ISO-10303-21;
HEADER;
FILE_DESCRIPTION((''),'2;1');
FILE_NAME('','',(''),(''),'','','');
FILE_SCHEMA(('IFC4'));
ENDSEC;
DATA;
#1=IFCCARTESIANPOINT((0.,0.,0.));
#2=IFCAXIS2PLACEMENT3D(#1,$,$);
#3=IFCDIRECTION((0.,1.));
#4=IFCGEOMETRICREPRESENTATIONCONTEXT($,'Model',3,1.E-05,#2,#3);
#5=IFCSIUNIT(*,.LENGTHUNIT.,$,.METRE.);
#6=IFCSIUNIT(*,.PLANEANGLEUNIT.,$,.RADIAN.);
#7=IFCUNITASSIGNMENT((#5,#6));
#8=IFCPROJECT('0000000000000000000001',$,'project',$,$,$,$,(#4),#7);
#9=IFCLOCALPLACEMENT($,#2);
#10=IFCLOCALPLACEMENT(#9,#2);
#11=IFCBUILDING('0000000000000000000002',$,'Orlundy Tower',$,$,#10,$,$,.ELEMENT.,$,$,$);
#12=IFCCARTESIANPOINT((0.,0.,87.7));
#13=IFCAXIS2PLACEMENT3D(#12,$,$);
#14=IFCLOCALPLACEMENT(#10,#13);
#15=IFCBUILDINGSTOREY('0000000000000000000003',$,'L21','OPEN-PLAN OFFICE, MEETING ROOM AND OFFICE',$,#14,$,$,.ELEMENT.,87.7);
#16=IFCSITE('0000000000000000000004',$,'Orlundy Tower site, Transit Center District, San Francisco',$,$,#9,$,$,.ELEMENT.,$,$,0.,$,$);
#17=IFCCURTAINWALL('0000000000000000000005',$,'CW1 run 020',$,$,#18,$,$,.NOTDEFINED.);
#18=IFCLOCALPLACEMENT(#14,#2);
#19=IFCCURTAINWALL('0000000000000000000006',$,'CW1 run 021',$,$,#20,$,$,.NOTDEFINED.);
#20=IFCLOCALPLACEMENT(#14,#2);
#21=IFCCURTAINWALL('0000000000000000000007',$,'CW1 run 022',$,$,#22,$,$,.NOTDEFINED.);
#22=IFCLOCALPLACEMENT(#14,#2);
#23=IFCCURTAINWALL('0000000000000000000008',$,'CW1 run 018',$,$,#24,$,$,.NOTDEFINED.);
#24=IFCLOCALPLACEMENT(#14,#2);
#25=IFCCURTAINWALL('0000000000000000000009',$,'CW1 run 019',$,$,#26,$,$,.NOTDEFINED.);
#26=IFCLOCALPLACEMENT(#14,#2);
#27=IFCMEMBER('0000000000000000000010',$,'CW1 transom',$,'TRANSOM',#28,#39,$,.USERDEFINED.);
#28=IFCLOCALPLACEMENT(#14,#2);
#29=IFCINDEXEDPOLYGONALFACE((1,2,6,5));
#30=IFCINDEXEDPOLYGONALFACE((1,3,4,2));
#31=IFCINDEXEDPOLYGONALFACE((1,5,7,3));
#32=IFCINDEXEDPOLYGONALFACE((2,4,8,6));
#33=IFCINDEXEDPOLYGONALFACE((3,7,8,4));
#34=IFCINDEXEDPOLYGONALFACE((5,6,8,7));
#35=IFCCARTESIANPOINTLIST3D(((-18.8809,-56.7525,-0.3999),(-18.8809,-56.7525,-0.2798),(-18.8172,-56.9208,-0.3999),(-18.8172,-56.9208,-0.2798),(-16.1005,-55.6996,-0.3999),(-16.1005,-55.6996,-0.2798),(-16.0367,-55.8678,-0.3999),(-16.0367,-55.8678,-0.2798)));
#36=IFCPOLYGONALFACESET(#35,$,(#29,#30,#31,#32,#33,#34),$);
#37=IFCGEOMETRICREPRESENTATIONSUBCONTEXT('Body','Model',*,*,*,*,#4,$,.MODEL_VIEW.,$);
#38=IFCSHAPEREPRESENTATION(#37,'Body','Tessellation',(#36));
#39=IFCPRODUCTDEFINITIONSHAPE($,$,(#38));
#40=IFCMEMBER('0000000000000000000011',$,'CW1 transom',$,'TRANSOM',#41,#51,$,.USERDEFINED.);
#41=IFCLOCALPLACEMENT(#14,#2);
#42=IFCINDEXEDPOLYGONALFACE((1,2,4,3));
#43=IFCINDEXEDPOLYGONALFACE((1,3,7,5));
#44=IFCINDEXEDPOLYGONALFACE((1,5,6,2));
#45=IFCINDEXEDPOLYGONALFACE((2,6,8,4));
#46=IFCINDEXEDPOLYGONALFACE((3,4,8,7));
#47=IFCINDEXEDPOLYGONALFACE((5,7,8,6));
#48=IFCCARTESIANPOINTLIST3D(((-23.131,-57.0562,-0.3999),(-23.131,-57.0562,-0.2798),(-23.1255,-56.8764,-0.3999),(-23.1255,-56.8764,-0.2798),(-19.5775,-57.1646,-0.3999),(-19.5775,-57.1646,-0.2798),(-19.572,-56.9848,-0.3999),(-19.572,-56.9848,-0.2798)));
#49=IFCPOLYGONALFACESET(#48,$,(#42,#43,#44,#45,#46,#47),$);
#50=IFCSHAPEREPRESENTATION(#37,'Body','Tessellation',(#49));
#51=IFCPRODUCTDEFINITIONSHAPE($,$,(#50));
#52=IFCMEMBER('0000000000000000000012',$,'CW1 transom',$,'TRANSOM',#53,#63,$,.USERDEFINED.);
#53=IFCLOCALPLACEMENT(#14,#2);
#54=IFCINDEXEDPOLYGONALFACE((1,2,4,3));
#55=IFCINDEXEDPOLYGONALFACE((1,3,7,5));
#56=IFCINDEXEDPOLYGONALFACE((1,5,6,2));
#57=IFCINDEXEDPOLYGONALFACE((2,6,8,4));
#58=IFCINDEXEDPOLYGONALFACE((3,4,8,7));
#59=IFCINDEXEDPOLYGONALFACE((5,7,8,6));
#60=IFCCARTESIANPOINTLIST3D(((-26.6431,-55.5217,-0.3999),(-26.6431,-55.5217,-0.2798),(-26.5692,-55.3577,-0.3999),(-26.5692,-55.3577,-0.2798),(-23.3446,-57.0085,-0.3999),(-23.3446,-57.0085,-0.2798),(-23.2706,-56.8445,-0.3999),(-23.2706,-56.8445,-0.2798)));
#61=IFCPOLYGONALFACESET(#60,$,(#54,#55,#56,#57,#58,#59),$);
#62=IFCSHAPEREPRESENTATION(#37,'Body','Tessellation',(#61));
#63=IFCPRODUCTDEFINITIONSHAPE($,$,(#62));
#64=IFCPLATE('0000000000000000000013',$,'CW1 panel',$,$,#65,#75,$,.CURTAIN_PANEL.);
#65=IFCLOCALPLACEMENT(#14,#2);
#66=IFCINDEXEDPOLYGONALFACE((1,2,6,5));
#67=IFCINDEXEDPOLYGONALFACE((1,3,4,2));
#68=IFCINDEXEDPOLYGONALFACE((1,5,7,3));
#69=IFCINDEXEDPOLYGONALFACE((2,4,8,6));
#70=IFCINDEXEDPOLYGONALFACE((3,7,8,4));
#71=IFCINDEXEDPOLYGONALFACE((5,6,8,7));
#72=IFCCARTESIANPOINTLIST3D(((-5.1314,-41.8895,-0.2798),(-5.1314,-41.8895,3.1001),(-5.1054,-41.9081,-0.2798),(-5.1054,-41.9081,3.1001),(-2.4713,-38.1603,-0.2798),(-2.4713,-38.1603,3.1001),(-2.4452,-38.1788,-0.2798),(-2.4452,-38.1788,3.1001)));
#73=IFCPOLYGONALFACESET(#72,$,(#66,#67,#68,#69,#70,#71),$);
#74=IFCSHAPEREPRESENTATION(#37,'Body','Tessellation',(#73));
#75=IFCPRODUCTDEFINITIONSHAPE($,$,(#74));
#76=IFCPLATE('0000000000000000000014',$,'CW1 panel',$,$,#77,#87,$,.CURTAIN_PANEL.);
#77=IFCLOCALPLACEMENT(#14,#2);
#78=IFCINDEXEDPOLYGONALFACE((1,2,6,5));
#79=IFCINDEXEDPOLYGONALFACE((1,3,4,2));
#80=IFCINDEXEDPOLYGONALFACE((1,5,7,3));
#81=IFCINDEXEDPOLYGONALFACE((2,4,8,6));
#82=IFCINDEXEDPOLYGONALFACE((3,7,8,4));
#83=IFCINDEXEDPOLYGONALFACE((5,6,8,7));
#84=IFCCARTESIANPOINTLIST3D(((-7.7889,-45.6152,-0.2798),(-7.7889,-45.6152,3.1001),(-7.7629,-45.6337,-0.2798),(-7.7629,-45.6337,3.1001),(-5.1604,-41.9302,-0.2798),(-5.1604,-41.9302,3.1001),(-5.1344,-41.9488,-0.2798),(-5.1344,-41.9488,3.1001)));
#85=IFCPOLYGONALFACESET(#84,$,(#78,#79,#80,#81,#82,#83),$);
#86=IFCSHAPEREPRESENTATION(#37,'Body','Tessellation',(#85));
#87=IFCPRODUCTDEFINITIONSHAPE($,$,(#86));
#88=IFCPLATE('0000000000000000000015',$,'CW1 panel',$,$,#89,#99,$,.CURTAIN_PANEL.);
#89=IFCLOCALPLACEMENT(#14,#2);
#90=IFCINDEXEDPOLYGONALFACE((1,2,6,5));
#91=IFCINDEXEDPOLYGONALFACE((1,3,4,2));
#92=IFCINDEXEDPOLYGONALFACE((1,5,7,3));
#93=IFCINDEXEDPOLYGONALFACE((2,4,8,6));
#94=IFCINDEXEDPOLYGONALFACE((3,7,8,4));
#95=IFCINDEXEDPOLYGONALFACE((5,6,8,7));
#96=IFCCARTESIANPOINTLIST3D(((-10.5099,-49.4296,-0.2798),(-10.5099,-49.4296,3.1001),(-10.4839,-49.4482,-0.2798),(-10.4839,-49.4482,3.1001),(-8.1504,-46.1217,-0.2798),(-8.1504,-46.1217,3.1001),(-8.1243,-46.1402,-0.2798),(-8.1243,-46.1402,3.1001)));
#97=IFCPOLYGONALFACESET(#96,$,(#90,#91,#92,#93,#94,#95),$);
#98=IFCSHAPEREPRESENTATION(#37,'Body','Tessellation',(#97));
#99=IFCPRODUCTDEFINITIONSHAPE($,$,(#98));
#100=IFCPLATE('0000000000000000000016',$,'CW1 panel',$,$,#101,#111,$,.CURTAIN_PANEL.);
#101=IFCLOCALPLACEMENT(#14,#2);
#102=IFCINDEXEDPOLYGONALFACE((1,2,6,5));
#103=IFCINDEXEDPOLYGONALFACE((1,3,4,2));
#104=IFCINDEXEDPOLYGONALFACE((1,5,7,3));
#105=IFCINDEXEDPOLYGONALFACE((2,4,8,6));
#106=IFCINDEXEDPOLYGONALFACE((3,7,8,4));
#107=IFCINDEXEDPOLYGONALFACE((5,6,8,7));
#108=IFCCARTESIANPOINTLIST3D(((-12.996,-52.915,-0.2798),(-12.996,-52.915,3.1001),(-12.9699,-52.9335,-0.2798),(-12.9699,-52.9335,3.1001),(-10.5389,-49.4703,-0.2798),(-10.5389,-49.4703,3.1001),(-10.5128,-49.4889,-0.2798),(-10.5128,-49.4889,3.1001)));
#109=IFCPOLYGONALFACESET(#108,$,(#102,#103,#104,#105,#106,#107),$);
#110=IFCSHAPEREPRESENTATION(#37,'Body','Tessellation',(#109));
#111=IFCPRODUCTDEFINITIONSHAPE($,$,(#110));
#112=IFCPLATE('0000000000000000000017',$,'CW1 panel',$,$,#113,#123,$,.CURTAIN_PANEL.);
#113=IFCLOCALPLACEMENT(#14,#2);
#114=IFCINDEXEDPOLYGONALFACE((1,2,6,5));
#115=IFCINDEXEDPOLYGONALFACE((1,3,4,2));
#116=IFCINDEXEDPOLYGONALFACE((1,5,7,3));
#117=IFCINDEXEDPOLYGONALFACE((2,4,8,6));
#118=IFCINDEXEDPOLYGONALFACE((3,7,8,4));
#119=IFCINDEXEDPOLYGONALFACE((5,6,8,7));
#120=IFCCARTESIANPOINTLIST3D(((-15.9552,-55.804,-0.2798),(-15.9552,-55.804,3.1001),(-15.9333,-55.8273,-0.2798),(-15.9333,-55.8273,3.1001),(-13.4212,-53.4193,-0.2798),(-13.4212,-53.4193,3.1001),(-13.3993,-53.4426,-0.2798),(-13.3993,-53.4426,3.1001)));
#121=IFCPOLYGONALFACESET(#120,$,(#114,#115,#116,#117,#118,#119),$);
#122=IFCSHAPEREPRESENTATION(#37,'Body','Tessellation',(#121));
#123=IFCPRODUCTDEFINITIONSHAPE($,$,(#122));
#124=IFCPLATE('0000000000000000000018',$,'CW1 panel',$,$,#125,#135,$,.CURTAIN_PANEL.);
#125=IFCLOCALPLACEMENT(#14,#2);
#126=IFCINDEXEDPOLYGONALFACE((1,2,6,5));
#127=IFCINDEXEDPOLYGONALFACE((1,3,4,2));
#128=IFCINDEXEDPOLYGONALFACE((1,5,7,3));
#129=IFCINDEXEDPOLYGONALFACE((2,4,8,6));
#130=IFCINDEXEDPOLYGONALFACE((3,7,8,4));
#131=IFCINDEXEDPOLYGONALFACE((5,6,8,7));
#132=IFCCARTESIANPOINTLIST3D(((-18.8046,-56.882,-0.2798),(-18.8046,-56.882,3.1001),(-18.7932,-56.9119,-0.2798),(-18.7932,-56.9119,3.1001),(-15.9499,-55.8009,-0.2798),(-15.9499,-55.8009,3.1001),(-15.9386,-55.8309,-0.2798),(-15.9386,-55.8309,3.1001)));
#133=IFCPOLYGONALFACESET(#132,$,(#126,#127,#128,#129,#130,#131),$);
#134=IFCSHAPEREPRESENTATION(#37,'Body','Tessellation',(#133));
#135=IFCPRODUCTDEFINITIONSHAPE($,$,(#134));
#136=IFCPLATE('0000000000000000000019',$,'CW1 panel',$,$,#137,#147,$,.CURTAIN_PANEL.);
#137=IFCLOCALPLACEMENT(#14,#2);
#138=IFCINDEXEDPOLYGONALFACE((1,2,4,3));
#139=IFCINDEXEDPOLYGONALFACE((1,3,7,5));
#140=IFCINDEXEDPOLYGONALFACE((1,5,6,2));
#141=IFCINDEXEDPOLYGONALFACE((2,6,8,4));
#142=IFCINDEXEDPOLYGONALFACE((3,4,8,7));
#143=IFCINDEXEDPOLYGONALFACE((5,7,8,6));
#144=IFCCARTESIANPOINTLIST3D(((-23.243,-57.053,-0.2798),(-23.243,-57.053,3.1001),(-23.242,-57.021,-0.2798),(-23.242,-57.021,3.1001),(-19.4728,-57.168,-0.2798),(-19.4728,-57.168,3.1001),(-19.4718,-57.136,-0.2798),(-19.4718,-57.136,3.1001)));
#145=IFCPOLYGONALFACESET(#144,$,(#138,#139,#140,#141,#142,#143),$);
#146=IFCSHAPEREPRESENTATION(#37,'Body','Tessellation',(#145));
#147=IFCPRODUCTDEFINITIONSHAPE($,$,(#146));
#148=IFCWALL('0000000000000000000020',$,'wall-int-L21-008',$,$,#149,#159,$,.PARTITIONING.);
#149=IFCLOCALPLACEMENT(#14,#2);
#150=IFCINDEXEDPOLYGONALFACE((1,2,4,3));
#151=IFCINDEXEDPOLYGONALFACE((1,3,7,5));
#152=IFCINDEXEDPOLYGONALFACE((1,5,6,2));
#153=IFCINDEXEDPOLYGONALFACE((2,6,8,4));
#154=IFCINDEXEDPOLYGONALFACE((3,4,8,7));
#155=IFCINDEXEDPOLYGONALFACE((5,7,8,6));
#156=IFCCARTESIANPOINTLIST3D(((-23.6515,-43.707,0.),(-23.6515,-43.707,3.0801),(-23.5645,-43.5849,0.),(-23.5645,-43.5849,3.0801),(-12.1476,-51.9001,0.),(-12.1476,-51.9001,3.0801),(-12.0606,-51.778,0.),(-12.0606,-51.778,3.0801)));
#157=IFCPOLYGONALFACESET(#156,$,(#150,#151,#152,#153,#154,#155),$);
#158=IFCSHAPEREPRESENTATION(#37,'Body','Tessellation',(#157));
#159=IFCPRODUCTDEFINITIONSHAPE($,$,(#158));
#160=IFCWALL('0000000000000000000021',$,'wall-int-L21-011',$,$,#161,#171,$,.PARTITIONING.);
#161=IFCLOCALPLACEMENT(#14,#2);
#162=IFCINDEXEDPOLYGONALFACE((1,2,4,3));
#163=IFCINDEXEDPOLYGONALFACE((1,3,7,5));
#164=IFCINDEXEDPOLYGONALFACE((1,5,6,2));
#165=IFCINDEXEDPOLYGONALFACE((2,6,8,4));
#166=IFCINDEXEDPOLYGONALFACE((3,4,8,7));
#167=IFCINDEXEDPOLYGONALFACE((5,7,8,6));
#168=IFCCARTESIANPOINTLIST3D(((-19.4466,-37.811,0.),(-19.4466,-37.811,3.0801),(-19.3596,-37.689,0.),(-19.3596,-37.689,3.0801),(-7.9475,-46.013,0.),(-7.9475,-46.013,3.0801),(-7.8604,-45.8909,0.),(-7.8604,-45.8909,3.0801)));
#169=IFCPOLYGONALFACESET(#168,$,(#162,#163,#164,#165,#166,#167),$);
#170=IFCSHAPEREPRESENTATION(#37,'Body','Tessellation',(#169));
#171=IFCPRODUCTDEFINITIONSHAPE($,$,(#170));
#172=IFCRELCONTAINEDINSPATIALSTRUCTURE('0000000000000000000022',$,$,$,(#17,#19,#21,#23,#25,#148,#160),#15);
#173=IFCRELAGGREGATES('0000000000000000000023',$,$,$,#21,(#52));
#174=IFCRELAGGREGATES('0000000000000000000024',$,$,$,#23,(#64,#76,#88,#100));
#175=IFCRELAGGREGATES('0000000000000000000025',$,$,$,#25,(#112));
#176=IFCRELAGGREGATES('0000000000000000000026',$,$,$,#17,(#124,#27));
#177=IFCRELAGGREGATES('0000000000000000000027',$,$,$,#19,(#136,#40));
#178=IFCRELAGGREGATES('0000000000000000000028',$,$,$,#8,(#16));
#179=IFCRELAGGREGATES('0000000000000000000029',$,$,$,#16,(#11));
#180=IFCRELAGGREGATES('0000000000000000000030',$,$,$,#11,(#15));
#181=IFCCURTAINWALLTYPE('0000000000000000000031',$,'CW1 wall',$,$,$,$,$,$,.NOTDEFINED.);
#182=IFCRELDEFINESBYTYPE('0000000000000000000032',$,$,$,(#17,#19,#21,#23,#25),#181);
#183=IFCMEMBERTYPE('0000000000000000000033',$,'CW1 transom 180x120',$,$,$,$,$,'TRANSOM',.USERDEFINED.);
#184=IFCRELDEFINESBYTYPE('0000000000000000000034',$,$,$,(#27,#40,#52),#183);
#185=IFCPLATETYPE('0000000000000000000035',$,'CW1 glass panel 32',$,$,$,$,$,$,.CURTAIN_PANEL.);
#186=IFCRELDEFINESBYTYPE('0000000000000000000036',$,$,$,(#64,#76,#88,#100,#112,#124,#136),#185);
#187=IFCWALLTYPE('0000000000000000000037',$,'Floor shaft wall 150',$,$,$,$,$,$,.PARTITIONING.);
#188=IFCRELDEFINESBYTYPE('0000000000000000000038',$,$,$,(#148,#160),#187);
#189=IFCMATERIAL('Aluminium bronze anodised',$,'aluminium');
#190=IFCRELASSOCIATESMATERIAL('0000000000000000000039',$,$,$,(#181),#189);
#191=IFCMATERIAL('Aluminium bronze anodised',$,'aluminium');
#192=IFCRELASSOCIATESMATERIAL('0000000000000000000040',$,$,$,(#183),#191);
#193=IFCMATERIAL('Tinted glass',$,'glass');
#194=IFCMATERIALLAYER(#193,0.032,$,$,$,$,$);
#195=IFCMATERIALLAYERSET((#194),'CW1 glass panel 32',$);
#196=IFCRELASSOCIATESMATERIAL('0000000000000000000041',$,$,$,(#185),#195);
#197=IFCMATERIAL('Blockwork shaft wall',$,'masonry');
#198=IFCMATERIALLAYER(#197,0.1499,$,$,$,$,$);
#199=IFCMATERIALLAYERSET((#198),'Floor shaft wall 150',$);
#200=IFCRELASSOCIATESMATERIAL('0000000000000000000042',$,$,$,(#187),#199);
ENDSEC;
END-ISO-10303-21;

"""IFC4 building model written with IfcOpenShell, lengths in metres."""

from ifc_helpers import new_model, si_unit, direction, frame, frame_2d, origin, origin_2d, place, context, subcontext, project, spatial, rectangle, extrude, material, layer, layer_set, material_profile, profile_set, type_object, element, aggregate, save


model = new_model("IFC4")

# Units and contexts
model_context = context("Model", 3, precision=1e-05, world=origin(), true_north=direction((0.0, 1.0)))
body_context = subcontext(model_context, "Body", "Model", "MODEL_VIEW")
ifc_project = project(units=[si_unit("LENGTHUNIT", "METRE"), si_unit("PLANEANGLEUNIT", "RADIAN")], contexts=[model_context])

# Site, building, storey
site_placement = place(None, origin())
site = spatial("IfcSite", under=ifc_project, at=site_placement, Name="Orlundy Tower site, Transit Center District, San Francisco", CompositionType="ELEMENT", RefElevation=0.0)
building_placement = place(site_placement, origin())
building = spatial("IfcBuilding", under=site, at=building_placement, Name="Orlundy Tower", CompositionType="ELEMENT")
storey_placement = place(building_placement, frame((0.0, 0.0, 87.7)))
storey = spatial("IfcBuildingStorey", under=building, at=storey_placement, Name="L21", Description="OPEN-PLAN OFFICE, MEETING ROOM AND OFFICE", CompositionType="ELEMENT", Elevation=87.7)

# Curtain walls
ifc_material_1 = material(Name="Aluminium bronze anodised", Category="aluminium")
curtain_wall_type = type_object("IfcCurtainWallType", Name="CW1 wall", PredefinedType="NOTDEFINED", material=ifc_material_1)
curtain_wall_1_placement = place(storey_placement, origin())
curtain_wall_1 = element("IfcCurtainWall", 1, at=curtain_wall_1_placement, inside=storey, type_object=curtain_wall_type, Name="CW1 run 020", PredefinedType="NOTDEFINED")
curtain_wall_2_placement = place(storey_placement, origin())
curtain_wall_2 = element("IfcCurtainWall", 2, at=curtain_wall_2_placement, inside=storey, type_object=curtain_wall_type, Name="CW1 run 021", PredefinedType="NOTDEFINED")
curtain_wall_3_placement = place(storey_placement, origin())
curtain_wall_3 = element("IfcCurtainWall", 3, at=curtain_wall_3_placement, inside=storey, type_object=curtain_wall_type, Name="CW1 run 022", PredefinedType="NOTDEFINED")

# Curtain wall
curtain_wall_4_placement = place(storey_placement, origin())
curtain_wall_4 = element("IfcCurtainWall", 4, at=curtain_wall_4_placement, inside=storey, type_object=curtain_wall_type, Name="CW1 run 018", PredefinedType="NOTDEFINED")
ifc_material_2 = material(Name="Aluminium bronze anodised", Category="aluminium")
ifc_material_profile_1 = material_profile(ifc_material_2, rectangle(XDim=0.1799, YDim=0.1201, at=origin_2d()), Name="CW1 transom 180x120")
ifc_profile_set_1 = profile_set([ifc_material_profile_1], Name="Aluminium bronze anodised")
member_type_1 = type_object("IfcMemberType", Name="CW1 transom 180x120", ElementType="TRANSOM", PredefinedType="USERDEFINED", material=ifc_profile_set_1)

# Curtain wall
curtain_wall_5_placement = place(storey_placement, origin())
curtain_wall_5 = element("IfcCurtainWall", 5, at=curtain_wall_5_placement, inside=storey, type_object=curtain_wall_type, Name="CW1 run 019", PredefinedType="NOTDEFINED")

# Members
member_1_placement = place(storey_placement, frame((-16.0686, -55.7837, -0.3398), z_axis=(-0.935187, -0.354154, 0.0), x_axis=(0.354154, -0.935187, 0.0)))
member_1 = element("IfcMember", 6, at=member_1_placement, type_object=member_type_1, Name="CW1 transom", ObjectType="TRANSOM", PredefinedType="USERDEFINED", context=body_context, shape_type="SweptSolid", body=[
    extrude(rectangle(XDim=0.1799, YDim=0.1201, at=origin_2d()), origin(), (0.0, 0.0, 1.0), 2.9731),
])
member_2_placement = place(storey_placement, frame((-19.5747, -57.0747, -0.3398), z_axis=(-0.999535, 0.030491, 0.0), x_axis=(-0.030491, -0.999535, 0.0)))
member_2 = element("IfcMember", 7, at=member_2_placement, type_object=member_type_1, Name="CW1 transom", ObjectType="TRANSOM", PredefinedType="USERDEFINED", context=body_context, shape_type="SweptSolid", body=[
    extrude(rectangle(XDim=0.1799, YDim=0.1201, at=origin_2d()), origin(), (0.0, 0.0, 1.0), 3.5552),
])
member_3_placement = place(storey_placement, frame((-23.3076, -56.9265, -0.3398), z_axis=(-0.911668, 0.410929, 0.0), x_axis=(-0.410929, -0.911668, 0.0)))
member_3 = element("IfcMember", 8, at=member_3_placement, type_object=member_type_1, Name="CW1 transom", ObjectType="TRANSOM", PredefinedType="USERDEFINED", context=body_context, shape_type="SweptSolid", body=[
    extrude(rectangle(XDim=0.1799, YDim=0.1201, at=origin_2d()), origin(), (0.0, 0.0, 1.0), 3.6182),
])
aggregate(curtain_wall_3, [member_3])

# Plates
ifc_material_3 = material(Name="Tinted glass", Category="glass")
ifc_layer_1 = layer(ifc_material_3, 0.032)
ifc_layer_set_1 = layer_set([ifc_layer_1], Name="CW1 glass panel 32")
plate_type = type_object("IfcPlateType", Name="CW1 glass panel 32", PredefinedType="CURTAIN_PANEL", material=ifc_layer_set_1)
plate_1_placement = place(storey_placement, frame((-3.7883, -40.0342, -0.2798), z_axis=(0.0, 0.0, 1.0), x_axis=(-0.58071, -0.81411, 0.0)))
plate_1 = element("IfcPlate", 9, at=plate_1_placement, type_object=plate_type, Name="CW1 panel", PredefinedType="CURTAIN_PANEL", context=body_context, shape_type="SweptSolid", body=[
    extrude(rectangle(XDim=4.5808, YDim=0.032, at=origin_2d()), origin(), (0.0, 0.0, 1.0), 3.3799),
])
plate_2_placement = place(storey_placement, frame((-6.4617, -43.782, -0.2798), z_axis=(0.0, 0.0, 1.0), x_axis=(-0.58071, -0.81411, 0.0)))
plate_2 = element("IfcPlate", 10, at=plate_2_placement, type_object=plate_type, Name="CW1 panel", PredefinedType="CURTAIN_PANEL", context=body_context, shape_type="SweptSolid", body=[
    extrude(rectangle(XDim=4.5264, YDim=0.032, at=origin_2d()), origin(), (0.0, 0.0, 1.0), 3.3799),
])
plate_3_placement = place(storey_placement, frame((-9.3171, -47.7849, -0.2798), z_axis=(0.0, 0.0, 1.0), x_axis=(-0.58071, -0.81411, 0.0)))
plate_3 = element("IfcPlate", 11, at=plate_3_placement, type_object=plate_type, Name="CW1 panel", PredefinedType="CURTAIN_PANEL", context=body_context, shape_type="SweptSolid", body=[
    extrude(rectangle(XDim=4.0632, YDim=0.032, at=origin_2d()), origin(), (0.0, 0.0, 1.0), 3.3799),
])
plate_4_placement = place(storey_placement, frame((-11.7544, -51.2019, -0.2798), z_axis=(0.0, 0.0, 1.0), x_axis=(-0.58071, -0.81411, 0.0)))
plate_4 = element("IfcPlate", 12, at=plate_4_placement, type_object=plate_type, Name="CW1 panel", PredefinedType="CURTAIN_PANEL", context=body_context, shape_type="SweptSolid", body=[
    extrude(rectangle(XDim=4.2312, YDim=0.032, at=origin_2d()), origin(), (0.0, 0.0, 1.0), 3.3799),
])
aggregate(curtain_wall_4, [plate_1, plate_2, plate_3, plate_4])
plate_5_placement = place(storey_placement, frame((-14.6772, -54.6233, -0.2798), z_axis=(0.0, 0.0, 1.0), x_axis=(-0.728232, -0.685331, 0.0)))
plate_5 = element("IfcPlate", 13, at=plate_5_placement, type_object=plate_type, Name="CW1 panel", PredefinedType="CURTAIN_PANEL", context=body_context, shape_type="SweptSolid", body=[
    extrude(rectangle(XDim=3.4797, YDim=0.032, at=origin_2d()), origin(), (0.0, 0.0, 1.0), 3.3799),
])
aggregate(curtain_wall_5, [plate_5])
plate_6_placement = place(storey_placement, frame((-17.3716, -56.3564, -0.2798), z_axis=(0.0, 0.0, 1.0), x_axis=(-0.935182, -0.354166, 0.0)))
plate_6 = element("IfcPlate", 14, at=plate_6_placement, type_object=plate_type, Name="CW1 panel", PredefinedType="CURTAIN_PANEL", context=body_context, shape_type="SweptSolid", body=[
    extrude(rectangle(XDim=3.0525, YDim=0.032, at=origin_2d()), origin(), (0.0, 0.0, 1.0), 3.3799),
])
aggregate(curtain_wall_1, [plate_6, member_1])
plate_7_placement = place(storey_placement, frame((-21.3574, -57.0945, -0.2798), z_axis=(0.0, 0.0, 1.0), x_axis=(-0.999535, 0.030485, 0.0)))
plate_7 = element("IfcPlate", 15, at=plate_7_placement, type_object=plate_type, Name="CW1 panel", PredefinedType="CURTAIN_PANEL", context=body_context, shape_type="SweptSolid", body=[
    extrude(rectangle(XDim=3.772, YDim=0.032, at=origin_2d()), origin(), (0.0, 0.0, 1.0), 3.3799),
])
aggregate(curtain_wall_2, [plate_7, member_2])

# Walls
ifc_material_4 = material(Name="Blockwork shaft wall", Category="masonry")
ifc_layer_2 = layer(ifc_material_4, 0.1499)
ifc_layer_set_2 = layer_set([ifc_layer_2], Name="Floor shaft wall 150")
wall_type = type_object("IfcWallType", Name="Floor shaft wall 150", PredefinedType="PARTITIONING", material=ifc_layer_set_2)
wall_1_placement = place(storey_placement, frame((-23.6079, -43.646, 0.0), z_axis=(0.0, 0.0, 1.0), x_axis=(0.814535, -0.580114, 0.0)))
element("IfcWall", 16, at=wall_1_placement, inside=storey, type_object=wall_type, Name="wall-int-L21-008", PredefinedType="PARTITIONING", context=body_context, shape_type="SweptSolid", body=[
    extrude(rectangle(XDim=14.1233, YDim=0.1499, at=frame_2d((7.0615, 0.0))), origin(), (0.0, 0.0, 1.0), 3.0801),
])
wall_2_placement = place(storey_placement, frame((-19.4031, -37.75, 0.0), z_axis=(0.0, 0.0, 1.0), x_axis=(0.814125, -0.58069, 0.0)))
element("IfcWall", 17, at=wall_2_placement, inside=storey, type_object=wall_type, Name="wall-int-L21-011", PredefinedType="PARTITIONING", context=body_context, shape_type="SweptSolid", body=[
    extrude(rectangle(XDim=14.1245, YDim=0.1499, at=frame_2d((7.0623, 0.0))), origin(), (0.0, 0.0, 1.0), 3.0801),
])

save(model, "model.ifc")
